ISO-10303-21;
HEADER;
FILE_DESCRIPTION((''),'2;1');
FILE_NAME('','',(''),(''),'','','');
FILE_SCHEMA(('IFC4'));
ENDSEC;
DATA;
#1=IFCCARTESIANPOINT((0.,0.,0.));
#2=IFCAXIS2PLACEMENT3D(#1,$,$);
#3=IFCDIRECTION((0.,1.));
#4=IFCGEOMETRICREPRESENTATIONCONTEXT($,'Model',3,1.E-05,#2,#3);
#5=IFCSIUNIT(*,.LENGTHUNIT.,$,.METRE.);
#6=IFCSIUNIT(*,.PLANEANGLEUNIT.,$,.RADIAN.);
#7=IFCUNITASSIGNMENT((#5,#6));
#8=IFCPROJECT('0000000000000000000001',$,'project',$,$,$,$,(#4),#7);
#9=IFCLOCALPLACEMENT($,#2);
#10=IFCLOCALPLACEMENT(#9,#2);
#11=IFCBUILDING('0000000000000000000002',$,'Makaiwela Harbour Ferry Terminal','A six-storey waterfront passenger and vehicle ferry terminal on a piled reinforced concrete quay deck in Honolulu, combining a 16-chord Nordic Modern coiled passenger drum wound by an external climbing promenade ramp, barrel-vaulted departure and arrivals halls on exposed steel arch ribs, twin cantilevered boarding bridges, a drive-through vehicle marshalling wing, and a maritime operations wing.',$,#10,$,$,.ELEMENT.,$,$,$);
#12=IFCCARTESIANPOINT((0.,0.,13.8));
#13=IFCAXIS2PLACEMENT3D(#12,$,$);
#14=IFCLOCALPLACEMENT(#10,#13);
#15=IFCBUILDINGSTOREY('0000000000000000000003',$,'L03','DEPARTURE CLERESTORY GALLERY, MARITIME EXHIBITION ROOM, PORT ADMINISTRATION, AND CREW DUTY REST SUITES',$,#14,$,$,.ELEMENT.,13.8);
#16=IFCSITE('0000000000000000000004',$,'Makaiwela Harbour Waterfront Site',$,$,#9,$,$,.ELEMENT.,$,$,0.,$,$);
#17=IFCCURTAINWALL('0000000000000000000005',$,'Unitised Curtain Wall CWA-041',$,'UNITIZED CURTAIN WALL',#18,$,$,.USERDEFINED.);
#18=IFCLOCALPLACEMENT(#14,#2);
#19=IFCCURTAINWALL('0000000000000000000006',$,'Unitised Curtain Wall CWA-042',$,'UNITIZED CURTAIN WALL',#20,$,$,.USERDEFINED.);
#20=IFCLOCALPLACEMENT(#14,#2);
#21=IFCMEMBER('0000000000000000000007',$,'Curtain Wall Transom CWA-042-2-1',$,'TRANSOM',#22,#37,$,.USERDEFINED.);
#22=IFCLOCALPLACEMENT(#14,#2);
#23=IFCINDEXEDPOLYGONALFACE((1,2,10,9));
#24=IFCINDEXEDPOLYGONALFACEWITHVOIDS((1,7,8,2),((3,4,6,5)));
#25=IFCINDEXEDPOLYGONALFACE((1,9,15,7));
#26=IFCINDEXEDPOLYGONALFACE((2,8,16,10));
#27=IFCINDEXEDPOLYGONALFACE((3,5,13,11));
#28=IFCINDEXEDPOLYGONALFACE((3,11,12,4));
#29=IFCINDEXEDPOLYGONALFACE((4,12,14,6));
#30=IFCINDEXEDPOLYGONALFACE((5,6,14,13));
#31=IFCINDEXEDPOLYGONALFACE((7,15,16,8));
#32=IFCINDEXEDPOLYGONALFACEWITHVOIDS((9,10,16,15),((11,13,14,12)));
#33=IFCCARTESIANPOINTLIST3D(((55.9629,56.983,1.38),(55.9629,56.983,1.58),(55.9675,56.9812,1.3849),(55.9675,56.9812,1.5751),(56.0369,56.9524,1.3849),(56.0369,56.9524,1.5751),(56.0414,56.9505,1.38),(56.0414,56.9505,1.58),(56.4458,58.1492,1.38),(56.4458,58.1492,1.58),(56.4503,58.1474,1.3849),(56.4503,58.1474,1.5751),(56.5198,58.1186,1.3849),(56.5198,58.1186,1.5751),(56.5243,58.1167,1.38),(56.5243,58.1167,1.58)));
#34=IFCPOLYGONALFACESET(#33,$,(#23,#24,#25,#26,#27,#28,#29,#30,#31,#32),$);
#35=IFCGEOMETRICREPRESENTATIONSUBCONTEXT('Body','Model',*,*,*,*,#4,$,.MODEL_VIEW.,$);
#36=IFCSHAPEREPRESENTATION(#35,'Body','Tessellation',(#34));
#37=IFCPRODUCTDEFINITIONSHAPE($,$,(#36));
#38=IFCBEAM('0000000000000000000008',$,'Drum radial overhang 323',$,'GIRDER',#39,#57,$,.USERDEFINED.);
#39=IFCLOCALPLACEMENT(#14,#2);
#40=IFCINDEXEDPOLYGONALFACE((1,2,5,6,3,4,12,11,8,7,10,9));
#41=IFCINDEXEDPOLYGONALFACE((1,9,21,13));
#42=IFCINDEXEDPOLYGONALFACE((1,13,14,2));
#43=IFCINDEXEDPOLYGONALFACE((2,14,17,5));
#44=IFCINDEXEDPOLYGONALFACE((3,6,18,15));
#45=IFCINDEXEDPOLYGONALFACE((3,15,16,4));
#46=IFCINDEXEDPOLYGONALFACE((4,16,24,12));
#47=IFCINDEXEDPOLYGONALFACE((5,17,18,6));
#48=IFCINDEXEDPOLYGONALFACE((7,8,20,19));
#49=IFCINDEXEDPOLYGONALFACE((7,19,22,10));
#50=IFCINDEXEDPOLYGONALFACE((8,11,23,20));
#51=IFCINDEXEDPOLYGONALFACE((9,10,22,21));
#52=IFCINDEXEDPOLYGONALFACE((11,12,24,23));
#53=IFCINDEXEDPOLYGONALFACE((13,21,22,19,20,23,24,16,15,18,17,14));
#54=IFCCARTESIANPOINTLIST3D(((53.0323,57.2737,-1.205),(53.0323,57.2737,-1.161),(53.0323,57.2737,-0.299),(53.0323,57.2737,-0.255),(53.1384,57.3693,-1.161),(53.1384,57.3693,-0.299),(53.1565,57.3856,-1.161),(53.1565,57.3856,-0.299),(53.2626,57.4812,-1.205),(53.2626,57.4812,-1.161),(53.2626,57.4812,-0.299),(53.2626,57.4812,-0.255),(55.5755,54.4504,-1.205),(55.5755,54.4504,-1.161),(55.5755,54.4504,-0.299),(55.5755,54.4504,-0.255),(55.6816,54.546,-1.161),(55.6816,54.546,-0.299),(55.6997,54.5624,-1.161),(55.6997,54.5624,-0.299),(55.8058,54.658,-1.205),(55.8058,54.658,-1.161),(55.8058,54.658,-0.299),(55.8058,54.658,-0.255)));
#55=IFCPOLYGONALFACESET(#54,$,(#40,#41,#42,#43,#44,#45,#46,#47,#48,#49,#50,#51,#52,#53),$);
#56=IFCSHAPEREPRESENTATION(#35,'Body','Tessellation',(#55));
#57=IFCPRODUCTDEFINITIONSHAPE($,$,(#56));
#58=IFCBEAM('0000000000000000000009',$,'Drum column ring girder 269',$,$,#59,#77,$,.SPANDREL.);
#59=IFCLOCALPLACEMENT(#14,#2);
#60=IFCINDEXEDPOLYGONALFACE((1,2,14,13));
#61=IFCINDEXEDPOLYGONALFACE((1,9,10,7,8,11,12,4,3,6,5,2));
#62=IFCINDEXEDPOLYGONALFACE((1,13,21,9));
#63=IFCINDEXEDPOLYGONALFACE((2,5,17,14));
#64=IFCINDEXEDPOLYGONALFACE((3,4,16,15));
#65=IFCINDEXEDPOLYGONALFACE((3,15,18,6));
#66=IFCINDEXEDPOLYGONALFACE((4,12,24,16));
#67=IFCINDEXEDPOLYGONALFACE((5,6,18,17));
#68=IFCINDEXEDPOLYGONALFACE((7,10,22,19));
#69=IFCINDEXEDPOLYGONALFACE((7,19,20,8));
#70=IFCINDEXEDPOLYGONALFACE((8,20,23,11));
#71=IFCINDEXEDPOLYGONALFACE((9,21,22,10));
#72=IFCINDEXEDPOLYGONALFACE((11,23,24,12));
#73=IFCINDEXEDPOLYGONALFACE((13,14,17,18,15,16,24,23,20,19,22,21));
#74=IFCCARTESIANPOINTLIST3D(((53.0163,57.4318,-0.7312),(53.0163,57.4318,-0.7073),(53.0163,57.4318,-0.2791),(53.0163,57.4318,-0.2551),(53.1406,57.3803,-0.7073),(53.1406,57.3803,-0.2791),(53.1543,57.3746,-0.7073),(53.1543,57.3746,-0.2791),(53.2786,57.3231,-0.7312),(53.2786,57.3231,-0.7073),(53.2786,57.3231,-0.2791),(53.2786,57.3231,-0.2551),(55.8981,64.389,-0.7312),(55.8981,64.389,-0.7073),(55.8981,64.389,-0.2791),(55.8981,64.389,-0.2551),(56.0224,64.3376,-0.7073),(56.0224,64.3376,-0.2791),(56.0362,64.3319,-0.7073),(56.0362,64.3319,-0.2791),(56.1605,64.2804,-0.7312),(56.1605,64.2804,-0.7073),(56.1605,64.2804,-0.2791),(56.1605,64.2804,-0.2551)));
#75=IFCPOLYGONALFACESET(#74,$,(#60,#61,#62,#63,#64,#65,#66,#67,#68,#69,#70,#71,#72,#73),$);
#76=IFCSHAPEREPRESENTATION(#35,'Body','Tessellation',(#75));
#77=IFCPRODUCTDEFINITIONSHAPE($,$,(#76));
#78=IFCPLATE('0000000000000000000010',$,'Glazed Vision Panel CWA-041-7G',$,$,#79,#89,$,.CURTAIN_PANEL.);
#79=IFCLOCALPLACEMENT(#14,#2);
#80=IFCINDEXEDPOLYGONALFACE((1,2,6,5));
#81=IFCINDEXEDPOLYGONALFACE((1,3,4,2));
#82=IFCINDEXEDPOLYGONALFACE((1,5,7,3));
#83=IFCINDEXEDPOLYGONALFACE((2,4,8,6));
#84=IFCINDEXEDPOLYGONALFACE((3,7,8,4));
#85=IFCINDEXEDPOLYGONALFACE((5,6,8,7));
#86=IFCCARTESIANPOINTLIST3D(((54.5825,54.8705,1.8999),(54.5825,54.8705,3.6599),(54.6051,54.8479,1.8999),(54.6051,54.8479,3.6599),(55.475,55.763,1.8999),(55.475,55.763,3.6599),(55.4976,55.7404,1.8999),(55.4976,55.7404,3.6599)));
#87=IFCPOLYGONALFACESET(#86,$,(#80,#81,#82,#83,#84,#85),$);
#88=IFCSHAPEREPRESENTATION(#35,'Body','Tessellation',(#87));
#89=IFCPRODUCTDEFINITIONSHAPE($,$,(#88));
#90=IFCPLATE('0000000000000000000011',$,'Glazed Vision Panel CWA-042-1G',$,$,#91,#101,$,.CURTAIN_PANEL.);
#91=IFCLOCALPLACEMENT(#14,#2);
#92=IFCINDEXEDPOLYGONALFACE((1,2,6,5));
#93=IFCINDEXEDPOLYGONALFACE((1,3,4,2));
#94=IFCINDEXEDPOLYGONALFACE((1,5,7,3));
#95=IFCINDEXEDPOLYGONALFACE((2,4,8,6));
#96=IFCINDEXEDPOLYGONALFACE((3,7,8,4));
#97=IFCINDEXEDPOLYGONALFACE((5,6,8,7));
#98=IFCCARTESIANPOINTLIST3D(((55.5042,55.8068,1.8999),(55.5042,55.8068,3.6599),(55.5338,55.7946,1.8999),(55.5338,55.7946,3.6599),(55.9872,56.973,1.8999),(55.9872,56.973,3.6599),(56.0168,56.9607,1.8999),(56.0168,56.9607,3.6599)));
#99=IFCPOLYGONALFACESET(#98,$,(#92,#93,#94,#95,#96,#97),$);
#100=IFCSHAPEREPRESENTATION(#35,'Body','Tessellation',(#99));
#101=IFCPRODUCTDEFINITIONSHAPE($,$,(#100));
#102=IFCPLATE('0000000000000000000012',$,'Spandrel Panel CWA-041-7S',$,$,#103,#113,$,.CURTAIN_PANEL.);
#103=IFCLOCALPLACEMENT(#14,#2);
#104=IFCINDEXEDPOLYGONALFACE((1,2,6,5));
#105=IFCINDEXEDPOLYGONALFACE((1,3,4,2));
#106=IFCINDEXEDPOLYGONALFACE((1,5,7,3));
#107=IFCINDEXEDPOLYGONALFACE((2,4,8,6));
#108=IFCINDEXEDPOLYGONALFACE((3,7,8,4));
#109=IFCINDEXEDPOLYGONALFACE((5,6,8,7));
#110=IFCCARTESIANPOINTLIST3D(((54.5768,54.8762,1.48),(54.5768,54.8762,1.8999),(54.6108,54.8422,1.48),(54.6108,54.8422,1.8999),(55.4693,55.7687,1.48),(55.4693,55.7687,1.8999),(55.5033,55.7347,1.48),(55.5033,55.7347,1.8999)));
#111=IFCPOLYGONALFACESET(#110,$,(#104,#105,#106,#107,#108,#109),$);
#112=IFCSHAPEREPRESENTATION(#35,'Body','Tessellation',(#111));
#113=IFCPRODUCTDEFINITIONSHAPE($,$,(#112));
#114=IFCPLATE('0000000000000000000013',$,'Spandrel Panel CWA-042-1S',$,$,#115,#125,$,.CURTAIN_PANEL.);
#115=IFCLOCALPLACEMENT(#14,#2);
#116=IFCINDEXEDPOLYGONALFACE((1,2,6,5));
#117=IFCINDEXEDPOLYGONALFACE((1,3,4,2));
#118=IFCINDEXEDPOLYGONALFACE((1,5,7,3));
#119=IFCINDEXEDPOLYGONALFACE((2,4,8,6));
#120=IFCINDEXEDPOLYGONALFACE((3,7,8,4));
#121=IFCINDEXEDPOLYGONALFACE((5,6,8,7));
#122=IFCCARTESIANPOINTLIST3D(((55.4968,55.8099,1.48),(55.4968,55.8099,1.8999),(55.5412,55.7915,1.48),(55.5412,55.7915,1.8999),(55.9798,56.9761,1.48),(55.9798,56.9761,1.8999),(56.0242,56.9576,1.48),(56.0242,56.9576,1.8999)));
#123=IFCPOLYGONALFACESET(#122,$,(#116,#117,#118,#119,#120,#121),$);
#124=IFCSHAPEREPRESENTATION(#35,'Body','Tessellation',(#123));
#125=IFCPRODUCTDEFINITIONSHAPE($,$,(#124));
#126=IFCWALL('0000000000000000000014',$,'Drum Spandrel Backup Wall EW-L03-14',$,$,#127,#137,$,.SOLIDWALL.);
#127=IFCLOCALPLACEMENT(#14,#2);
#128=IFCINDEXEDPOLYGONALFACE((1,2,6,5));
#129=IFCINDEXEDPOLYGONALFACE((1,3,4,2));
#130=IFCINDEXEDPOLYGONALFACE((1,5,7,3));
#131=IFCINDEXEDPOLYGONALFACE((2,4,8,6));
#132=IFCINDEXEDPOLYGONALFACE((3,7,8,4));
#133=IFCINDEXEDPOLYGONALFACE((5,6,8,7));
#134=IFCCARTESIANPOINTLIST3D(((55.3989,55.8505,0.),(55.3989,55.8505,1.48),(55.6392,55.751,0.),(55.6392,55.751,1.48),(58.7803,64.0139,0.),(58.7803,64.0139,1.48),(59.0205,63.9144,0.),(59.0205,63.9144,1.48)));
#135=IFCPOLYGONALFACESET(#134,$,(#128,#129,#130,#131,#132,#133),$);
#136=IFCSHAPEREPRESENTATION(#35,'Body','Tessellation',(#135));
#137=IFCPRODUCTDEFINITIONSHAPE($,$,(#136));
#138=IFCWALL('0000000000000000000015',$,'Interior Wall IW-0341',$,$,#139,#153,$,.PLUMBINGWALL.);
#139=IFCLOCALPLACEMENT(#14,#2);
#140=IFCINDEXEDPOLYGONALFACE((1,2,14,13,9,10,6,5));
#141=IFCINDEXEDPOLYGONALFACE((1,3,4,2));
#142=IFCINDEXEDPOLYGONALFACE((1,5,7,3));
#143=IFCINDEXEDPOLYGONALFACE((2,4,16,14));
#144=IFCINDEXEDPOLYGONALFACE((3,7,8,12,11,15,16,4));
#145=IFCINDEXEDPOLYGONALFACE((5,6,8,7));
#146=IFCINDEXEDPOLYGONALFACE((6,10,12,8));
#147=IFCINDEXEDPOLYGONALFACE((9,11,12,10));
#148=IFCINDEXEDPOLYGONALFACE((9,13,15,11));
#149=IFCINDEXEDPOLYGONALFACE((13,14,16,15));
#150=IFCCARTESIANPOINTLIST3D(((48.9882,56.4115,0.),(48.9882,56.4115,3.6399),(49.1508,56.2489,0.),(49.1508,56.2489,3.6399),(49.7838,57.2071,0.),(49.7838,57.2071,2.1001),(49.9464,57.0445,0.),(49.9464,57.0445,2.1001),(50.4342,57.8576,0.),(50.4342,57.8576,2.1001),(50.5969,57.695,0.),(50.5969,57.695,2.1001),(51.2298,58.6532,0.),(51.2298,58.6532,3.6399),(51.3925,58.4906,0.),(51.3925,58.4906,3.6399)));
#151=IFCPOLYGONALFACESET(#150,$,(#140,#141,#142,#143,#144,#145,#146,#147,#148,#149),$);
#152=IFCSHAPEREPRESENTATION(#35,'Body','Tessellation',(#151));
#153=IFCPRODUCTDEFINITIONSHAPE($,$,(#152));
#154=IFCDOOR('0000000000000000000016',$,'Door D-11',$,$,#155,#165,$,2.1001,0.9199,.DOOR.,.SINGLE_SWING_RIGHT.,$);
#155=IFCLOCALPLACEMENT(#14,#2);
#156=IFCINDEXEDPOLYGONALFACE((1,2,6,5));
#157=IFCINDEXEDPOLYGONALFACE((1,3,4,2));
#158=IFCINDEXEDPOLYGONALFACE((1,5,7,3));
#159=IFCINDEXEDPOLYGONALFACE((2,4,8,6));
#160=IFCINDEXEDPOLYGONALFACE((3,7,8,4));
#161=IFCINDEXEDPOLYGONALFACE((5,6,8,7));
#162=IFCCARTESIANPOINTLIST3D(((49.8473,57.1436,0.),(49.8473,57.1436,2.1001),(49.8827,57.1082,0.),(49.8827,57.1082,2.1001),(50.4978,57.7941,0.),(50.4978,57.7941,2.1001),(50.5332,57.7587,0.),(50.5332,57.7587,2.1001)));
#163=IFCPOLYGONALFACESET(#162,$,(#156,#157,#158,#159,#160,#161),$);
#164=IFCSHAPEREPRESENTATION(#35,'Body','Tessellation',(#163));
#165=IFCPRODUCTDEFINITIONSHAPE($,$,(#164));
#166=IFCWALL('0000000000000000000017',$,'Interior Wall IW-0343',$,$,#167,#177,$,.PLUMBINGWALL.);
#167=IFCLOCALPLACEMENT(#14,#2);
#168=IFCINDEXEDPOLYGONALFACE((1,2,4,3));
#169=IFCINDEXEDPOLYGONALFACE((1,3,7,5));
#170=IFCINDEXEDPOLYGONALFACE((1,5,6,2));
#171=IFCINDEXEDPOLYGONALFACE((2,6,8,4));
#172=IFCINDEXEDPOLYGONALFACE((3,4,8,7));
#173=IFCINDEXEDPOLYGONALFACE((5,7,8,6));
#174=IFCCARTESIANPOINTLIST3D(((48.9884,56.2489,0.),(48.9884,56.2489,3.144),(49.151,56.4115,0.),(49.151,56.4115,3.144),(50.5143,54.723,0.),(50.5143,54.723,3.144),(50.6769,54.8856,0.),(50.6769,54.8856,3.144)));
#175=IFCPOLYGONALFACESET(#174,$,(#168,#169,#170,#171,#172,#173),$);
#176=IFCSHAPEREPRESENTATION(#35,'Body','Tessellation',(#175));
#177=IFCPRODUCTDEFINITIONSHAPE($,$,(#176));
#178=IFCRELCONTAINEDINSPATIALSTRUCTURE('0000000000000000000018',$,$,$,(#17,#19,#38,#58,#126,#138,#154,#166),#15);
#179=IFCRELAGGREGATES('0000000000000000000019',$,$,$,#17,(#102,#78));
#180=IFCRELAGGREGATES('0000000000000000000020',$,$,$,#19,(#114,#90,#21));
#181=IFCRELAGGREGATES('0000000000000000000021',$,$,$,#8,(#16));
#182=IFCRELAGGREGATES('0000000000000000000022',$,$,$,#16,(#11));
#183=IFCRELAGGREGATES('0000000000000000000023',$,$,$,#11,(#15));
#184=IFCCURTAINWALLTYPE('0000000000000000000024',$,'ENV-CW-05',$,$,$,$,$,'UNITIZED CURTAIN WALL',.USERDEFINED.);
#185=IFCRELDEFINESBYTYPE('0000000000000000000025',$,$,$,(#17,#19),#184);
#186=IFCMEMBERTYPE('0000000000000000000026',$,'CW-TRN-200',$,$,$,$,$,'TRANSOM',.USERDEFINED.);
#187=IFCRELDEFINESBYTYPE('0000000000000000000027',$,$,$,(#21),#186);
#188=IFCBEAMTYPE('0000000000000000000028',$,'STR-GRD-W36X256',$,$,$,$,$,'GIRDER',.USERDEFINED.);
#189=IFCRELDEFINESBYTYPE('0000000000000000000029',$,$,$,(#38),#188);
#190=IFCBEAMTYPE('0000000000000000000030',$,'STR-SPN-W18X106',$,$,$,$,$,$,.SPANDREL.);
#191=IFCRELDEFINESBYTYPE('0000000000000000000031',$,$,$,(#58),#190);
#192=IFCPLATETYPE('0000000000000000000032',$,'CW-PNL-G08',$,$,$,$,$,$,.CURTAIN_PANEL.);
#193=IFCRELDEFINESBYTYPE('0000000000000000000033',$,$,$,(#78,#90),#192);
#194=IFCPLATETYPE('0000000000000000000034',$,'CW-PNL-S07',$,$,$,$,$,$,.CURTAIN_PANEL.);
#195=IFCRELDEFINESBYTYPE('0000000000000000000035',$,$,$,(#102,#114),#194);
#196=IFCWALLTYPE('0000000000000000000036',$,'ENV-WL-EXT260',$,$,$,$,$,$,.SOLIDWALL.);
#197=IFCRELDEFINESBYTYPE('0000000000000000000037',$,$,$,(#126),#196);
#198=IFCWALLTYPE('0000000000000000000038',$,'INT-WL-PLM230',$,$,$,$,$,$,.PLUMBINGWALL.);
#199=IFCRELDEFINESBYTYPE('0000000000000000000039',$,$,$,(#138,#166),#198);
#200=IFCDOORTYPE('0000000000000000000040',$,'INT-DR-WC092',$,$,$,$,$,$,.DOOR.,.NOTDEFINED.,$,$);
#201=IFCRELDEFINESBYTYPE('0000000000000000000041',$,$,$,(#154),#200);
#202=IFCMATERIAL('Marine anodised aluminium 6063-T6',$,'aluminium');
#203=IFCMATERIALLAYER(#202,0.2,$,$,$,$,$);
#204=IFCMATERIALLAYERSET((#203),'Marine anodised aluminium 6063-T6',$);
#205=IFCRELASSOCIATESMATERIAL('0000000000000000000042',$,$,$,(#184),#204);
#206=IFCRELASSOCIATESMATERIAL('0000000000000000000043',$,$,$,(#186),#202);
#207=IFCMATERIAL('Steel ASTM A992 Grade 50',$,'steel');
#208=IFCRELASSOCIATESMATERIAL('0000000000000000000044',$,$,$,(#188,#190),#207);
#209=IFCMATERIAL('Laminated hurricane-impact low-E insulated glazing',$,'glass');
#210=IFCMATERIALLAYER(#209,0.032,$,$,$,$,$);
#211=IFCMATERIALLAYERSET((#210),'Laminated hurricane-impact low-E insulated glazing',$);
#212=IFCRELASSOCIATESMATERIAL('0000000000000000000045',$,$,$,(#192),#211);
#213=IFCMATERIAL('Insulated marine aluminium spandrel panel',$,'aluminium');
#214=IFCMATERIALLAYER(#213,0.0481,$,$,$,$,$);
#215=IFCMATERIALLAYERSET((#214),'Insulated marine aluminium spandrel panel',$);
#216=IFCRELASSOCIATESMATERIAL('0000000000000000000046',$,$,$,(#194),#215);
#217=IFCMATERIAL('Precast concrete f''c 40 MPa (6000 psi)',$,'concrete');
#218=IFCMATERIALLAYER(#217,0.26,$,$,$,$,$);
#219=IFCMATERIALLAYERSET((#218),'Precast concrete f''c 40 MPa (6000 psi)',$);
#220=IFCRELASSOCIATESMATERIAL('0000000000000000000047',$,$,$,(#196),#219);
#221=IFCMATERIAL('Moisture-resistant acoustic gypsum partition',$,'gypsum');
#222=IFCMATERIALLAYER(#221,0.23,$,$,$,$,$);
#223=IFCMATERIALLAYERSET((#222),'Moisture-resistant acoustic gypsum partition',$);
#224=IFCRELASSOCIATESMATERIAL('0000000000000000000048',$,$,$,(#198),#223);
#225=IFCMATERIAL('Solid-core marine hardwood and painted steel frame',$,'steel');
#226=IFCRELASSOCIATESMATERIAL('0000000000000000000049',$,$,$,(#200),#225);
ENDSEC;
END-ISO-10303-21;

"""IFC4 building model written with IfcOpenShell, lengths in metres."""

from ifc_helpers import new_model, si_unit, direction, frame, frame_2d, origin, origin_2d, place, context, subcontext, project, spatial, rectangle, hollow_rectangle, i_section, extrude, material, layer, layer_set, material_profile, profile_set, type_object, element, fill, aggregate, save


model = new_model("IFC4")

# Units and contexts
model_context = context("Model", 3, precision=1e-05, world=origin(), true_north=direction((0.0, 1.0)))
body_context = subcontext(model_context, "Body", "Model", "MODEL_VIEW")
ifc_project = project(units=[si_unit("LENGTHUNIT", "METRE"), si_unit("PLANEANGLEUNIT", "RADIAN")], contexts=[model_context])

# Site, building, storey
site_placement = place(None, origin())
site = spatial("IfcSite", under=ifc_project, at=site_placement, Name="Makaiwela Harbour Waterfront Site", CompositionType="ELEMENT", RefElevation=0.0)
building_placement = place(site_placement, origin())
building = spatial("IfcBuilding", under=site, at=building_placement, Name="Makaiwela Harbour Ferry Terminal", Description="A six-storey waterfront passenger and vehicle ferry terminal on a piled reinforced concrete quay deck in Honolulu, combining a 16-chord Nordic Modern coiled passenger drum wound by an external climbing promenade ramp, barrel-vaulted departure and arrivals halls on exposed steel arch ribs, twin cantilevered boarding bridges, a drive-through vehicle marshalling wing, and a maritime operations wing.", CompositionType="ELEMENT")
storey_placement = place(building_placement, frame((0.0, 0.0, 13.8)))
storey = spatial("IfcBuildingStorey", under=building, at=storey_placement, Name="L03", Description="DEPARTURE CLERESTORY GALLERY, MARITIME EXHIBITION ROOM, PORT ADMINISTRATION, AND CREW DUTY REST SUITES", CompositionType="ELEMENT", Elevation=13.8)

# Shared definitions
ifc_material_1 = material(Name="Steel ASTM A992 Grade 50", Category="steel")

# Curtain wall
ifc_material_2 = material(Name="Marine anodised aluminium 6063-T6", Category="aluminium")
ifc_layer_1 = layer(ifc_material_2, 0.2)
ifc_layer_set_1 = layer_set([ifc_layer_1], Name="Marine anodised aluminium 6063-T6")
curtain_wall_type = type_object("IfcCurtainWallType", Name="ENV-CW-05", ElementType="UNITIZED CURTAIN WALL", PredefinedType="USERDEFINED", material=ifc_layer_set_1)
curtain_wall_1_placement = place(storey_placement, origin())
curtain_wall_1 = element("IfcCurtainWall", 1, at=curtain_wall_1_placement, inside=storey, type_object=curtain_wall_type, Name="Unitised Curtain Wall CWA-041", ObjectType="UNITIZED CURTAIN WALL", PredefinedType="USERDEFINED")

# Curtain wall
curtain_wall_2_placement = place(storey_placement, origin())
curtain_wall_2 = element("IfcCurtainWall", 2, at=curtain_wall_2_placement, inside=storey, type_object=curtain_wall_type, Name="Unitised Curtain Wall CWA-042", ObjectType="UNITIZED CURTAIN WALL", PredefinedType="USERDEFINED")

# Member
ifc_material_profile_1 = material_profile(ifc_material_2, hollow_rectangle(XDim=0.085, YDim=0.2, WallThickness=0.0049, at=origin_2d()), Name="CWT-200X85")
ifc_profile_set_1 = profile_set([ifc_material_profile_1], Name="Marine anodised aluminium 6063-T6")
member_type_1 = type_object("IfcMemberType", Name="CW-TRN-200", ElementType="TRANSOM", PredefinedType="USERDEFINED", material=ifc_profile_set_1)
member_1_placement = place(storey_placement, frame((56.0022, 56.9668, 1.48), z_axis=(0.382568, 0.923927, 0.0), x_axis=(-0.923927, 0.382568, 0.0)))
member_1 = element("IfcMember", 3, at=member_1_placement, type_object=member_type_1, Name="Curtain Wall Transom CWA-042-2-1", ObjectType="TRANSOM", PredefinedType="USERDEFINED", context=body_context, shape_type="SweptSolid", body=[
    extrude(hollow_rectangle(XDim=0.085, YDim=0.2, WallThickness=0.0049, at=origin_2d()), origin(), (0.0, 0.0, 1.0), 1.2622),
])

# Beams
ifc_material_profile_2 = material_profile(ifc_material_1, i_section(OverallWidth=0.3101, OverallDepth=0.95, WebThickness=0.0244, FlangeThickness=0.0439, at=origin_2d()), Name="W36X256")
ifc_profile_set_2 = profile_set([ifc_material_profile_2], Name="Steel ASTM A992 Grade 50")
beam_type_1 = type_object("IfcBeamType", Name="STR-GRD-W36X256", ElementType="GIRDER", PredefinedType="USERDEFINED", material=ifc_profile_set_2)
beam_1_placement = place(storey_placement, frame((53.1475, 57.3774, -0.73), z_axis=(0.669298, -0.742994, 0.0), x_axis=(0.742994, 0.669298, 0.0)))
element("IfcBeam", 4, at=beam_1_placement, inside=storey, type_object=beam_type_1, Name="Drum radial overhang 323", ObjectType="GIRDER", PredefinedType="USERDEFINED", context=body_context, shape_type="SweptSolid", body=[
    extrude(i_section(OverallWidth=0.3101, OverallDepth=0.95, WebThickness=0.0244, FlangeThickness=0.0439, at=origin_2d()), origin(), (0.0, 0.0, 1.0), 3.7998),
])
ifc_material_profile_3 = material_profile(ifc_material_1, i_section(OverallWidth=0.2839, OverallDepth=0.4761, WebThickness=0.0149, FlangeThickness=0.0239, at=origin_2d()), Name="W18X106")
ifc_profile_set_3 = profile_set([ifc_material_profile_3], Name="Steel ASTM A992 Grade 50")
beam_type_2 = type_object("IfcBeamType", Name="STR-SPN-W18X106", PredefinedType="SPANDREL", material=ifc_profile_set_3)
beam_2_placement = place(storey_placement, frame((53.1475, 57.3774, -0.4932), z_axis=(0.382688, 0.923878, 0.0), x_axis=(-0.923878, 0.382688, 0.0)))
element("IfcBeam", 5, at=beam_2_placement, inside=storey, type_object=beam_type_2, Name="Drum column ring girder 269", PredefinedType="SPANDREL", context=body_context, shape_type="SweptSolid", body=[
    extrude(i_section(OverallWidth=0.2839, OverallDepth=0.4761, WebThickness=0.0149, FlangeThickness=0.0239, at=origin_2d()), origin(), (0.0, 0.0, 1.0), 7.5305),
])

# Plates
ifc_material_3 = material(Name="Laminated hurricane-impact low-E insulated glazing", Category="glass")
ifc_layer_2 = layer(ifc_material_3, 0.032)
ifc_layer_set_2 = layer_set([ifc_layer_2], Name="Laminated hurricane-impact low-E insulated glazing")
plate_type_1 = type_object("IfcPlateType", Name="CW-PNL-G08", PredefinedType="CURTAIN_PANEL", material=ifc_layer_set_2)
plate_1_placement = place(storey_placement, frame((55.04, 55.3054, 1.8999), z_axis=(0.0, 0.0, 1.0), x_axis=(0.707107, 0.707107, 0.0)))
plate_1 = element("IfcPlate", 6, at=plate_1_placement, type_object=plate_type_1, Name="Glazed Vision Panel CWA-041-7G", PredefinedType="CURTAIN_PANEL", context=body_context, shape_type="SweptSolid", body=[
    extrude(rectangle(XDim=1.2622, YDim=0.032, at=origin_2d()), origin(), (0.0, 0.0, 1.0), 1.76),
])
plate_2_placement = place(storey_placement, frame((55.7605, 56.3838, 1.8999), z_axis=(0.0, 0.0, 1.0), x_axis=(0.382683, 0.92388, 0.0)))
plate_2 = element("IfcPlate", 7, at=plate_2_placement, type_object=plate_type_1, Name="Glazed Vision Panel CWA-042-1G", PredefinedType="CURTAIN_PANEL", context=body_context, shape_type="SweptSolid", body=[
    extrude(rectangle(XDim=1.2622, YDim=0.032, at=origin_2d()), origin(), (0.0, 0.0, 1.0), 1.76),
])
ifc_material_4 = material(Name="Insulated marine aluminium spandrel panel", Category="aluminium")
ifc_layer_3 = layer(ifc_material_4, 0.0481)
ifc_layer_set_3 = layer_set([ifc_layer_3], Name="Insulated marine aluminium spandrel panel")
plate_type_2 = type_object("IfcPlateType", Name="CW-PNL-S07", PredefinedType="CURTAIN_PANEL", material=ifc_layer_set_3)
plate_3_placement = place(storey_placement, frame((55.04, 55.3054, 1.48), z_axis=(0.0, 0.0, 1.0), x_axis=(0.707107, 0.707107, 0.0)))
plate_3 = element("IfcPlate", 8, at=plate_3_placement, type_object=plate_type_2, Name="Spandrel Panel CWA-041-7S", PredefinedType="CURTAIN_PANEL", context=body_context, shape_type="SweptSolid", body=[
    extrude(rectangle(XDim=1.2622, YDim=0.0481, at=origin_2d()), origin(), (0.0, 0.0, 1.0), 0.4199),
])
aggregate(curtain_wall_1, [plate_3, plate_1])
plate_4_placement = place(storey_placement, frame((55.7605, 56.3838, 1.48), z_axis=(0.0, 0.0, 1.0), x_axis=(0.382683, 0.92388, 0.0)))
plate_4 = element("IfcPlate", 9, at=plate_4_placement, type_object=plate_type_2, Name="Spandrel Panel CWA-042-1S", PredefinedType="CURTAIN_PANEL", context=body_context, shape_type="SweptSolid", body=[
    extrude(rectangle(XDim=1.2622, YDim=0.0481, at=origin_2d()), origin(), (0.0, 0.0, 1.0), 0.4199),
])
aggregate(curtain_wall_2, [plate_4, plate_2, member_1])

# Wall
ifc_material_5 = material(Name="Precast concrete f'c 40 MPa (6000 psi)", Category="concrete")
ifc_layer_4 = layer(ifc_material_5, 0.26)
ifc_layer_set_4 = layer_set([ifc_layer_4], Name="Precast concrete f'c 40 MPa (6000 psi)")
wall_type_1 = type_object("IfcWallType", Name="ENV-WL-EXT260", PredefinedType="SOLIDWALL", material=ifc_layer_set_4)
wall_1_placement = place(storey_placement, frame((55.519, 55.8008, 0.0), z_axis=(0.0, 0.0, 1.0), x_axis=(0.382682, 0.92388, 0.0)))
element("IfcWall", 10, at=wall_1_placement, inside=storey, type_object=wall_type_1, Name="Drum Spandrel Backup Wall EW-L03-14", PredefinedType="SOLIDWALL", context=body_context, shape_type="SweptSolid", body=[
    extrude(rectangle(XDim=8.8359, YDim=0.26, at=frame_2d((4.418, 0.0))), origin(), (0.0, 0.0, 1.0), 1.48),
])

# Wall, opening, door
ifc_material_6 = material(Name="Moisture-resistant acoustic gypsum partition", Category="gypsum")
ifc_layer_5 = layer(ifc_material_6, 0.23)
ifc_layer_set_5 = layer_set([ifc_layer_5], Name="Moisture-resistant acoustic gypsum partition")
wall_type_2 = type_object("IfcWallType", Name="INT-WL-PLM230", PredefinedType="PLUMBINGWALL", material=ifc_layer_set_5)
wall_2_placement = place(storey_placement, frame((49.0696, 56.3303, 0.0), z_axis=(0.0, 0.0, 1.0), x_axis=(0.707107, 0.707107, 0.0)))
wall_2 = element("IfcWall", 11, at=wall_2_placement, inside=storey, type_object=wall_type_2, Name="Interior Wall IW-0341", PredefinedType="PLUMBINGWALL", context=body_context, shape_type="SweptSolid", body=[
    extrude(rectangle(XDim=3.1702, YDim=0.23, at=frame_2d((1.585, 0.0))), origin(), (0.0, 0.0, 1.0), 3.6399),
])
opening_1_placement = place(wall_2_placement, frame((1.125, 0.0, 0.0)))
opening_1 = element("IfcOpeningElement", 12, at=opening_1_placement, cuts=wall_2, PredefinedType="OPENING", context=body_context, shape_type="SweptSolid", body=[
    extrude(rectangle(XDim=0.9199, YDim=2.1001, at=frame_2d((0.46, 1.05))), frame((0.0, 0.125, 0.0), z_axis=(0.0, -1.0, 0.0), x_axis=(1.0, 0.0, 0.0)), (0.0, 0.0, 1.0), 0.25),
])
ifc_material_7 = material(Name="Solid-core marine hardwood and painted steel frame", Category="steel")
door_type_1 = type_object("IfcDoorType", Name="INT-DR-WC092", OperationType="NOTDEFINED", PredefinedType="DOOR", material=ifc_material_7)
door_1_placement = place(opening_1_placement, frame((0.9199, 0.0, 0.0), z_axis=(0.0, 0.0, 1.0), x_axis=(-1.0, 0.0, 0.0)))
door_1 = element("IfcDoor", 13, at=door_1_placement, inside=storey, type_object=door_type_1, Name="Door D-11", OperationType="SINGLE_SWING_RIGHT", OverallHeight=2.1001, OverallWidth=0.9199, PredefinedType="DOOR", context=body_context, shape_type="SweptSolid", body=[
    extrude(rectangle(XDim=0.9199, YDim=2.1001, at=frame_2d((0.46, 1.05))), frame((0.0, 0.0249, 0.0), z_axis=(0.0, -1.0, 0.0), x_axis=(1.0, 0.0, 0.0)), (0.0, 0.0, 1.0), 0.05),
])
fill(opening_1, door_1)

# Wall
wall_3_placement = place(storey_placement, frame((49.0696, 56.3303, 0.0), z_axis=(0.0, 0.0, 1.0), x_axis=(0.707107, -0.707107, 0.0)))
element("IfcWall", 14, at=wall_3_placement, inside=storey, type_object=wall_type_2, Name="Interior Wall IW-0343", PredefinedType="PLUMBINGWALL", context=body_context, shape_type="SweptSolid", body=[
    extrude(rectangle(XDim=2.158, YDim=0.23, at=frame_2d((1.0791, 0.0))), origin(), (0.0, 0.0, 1.0), 3.144),
])

save(model, "model.ifc")
